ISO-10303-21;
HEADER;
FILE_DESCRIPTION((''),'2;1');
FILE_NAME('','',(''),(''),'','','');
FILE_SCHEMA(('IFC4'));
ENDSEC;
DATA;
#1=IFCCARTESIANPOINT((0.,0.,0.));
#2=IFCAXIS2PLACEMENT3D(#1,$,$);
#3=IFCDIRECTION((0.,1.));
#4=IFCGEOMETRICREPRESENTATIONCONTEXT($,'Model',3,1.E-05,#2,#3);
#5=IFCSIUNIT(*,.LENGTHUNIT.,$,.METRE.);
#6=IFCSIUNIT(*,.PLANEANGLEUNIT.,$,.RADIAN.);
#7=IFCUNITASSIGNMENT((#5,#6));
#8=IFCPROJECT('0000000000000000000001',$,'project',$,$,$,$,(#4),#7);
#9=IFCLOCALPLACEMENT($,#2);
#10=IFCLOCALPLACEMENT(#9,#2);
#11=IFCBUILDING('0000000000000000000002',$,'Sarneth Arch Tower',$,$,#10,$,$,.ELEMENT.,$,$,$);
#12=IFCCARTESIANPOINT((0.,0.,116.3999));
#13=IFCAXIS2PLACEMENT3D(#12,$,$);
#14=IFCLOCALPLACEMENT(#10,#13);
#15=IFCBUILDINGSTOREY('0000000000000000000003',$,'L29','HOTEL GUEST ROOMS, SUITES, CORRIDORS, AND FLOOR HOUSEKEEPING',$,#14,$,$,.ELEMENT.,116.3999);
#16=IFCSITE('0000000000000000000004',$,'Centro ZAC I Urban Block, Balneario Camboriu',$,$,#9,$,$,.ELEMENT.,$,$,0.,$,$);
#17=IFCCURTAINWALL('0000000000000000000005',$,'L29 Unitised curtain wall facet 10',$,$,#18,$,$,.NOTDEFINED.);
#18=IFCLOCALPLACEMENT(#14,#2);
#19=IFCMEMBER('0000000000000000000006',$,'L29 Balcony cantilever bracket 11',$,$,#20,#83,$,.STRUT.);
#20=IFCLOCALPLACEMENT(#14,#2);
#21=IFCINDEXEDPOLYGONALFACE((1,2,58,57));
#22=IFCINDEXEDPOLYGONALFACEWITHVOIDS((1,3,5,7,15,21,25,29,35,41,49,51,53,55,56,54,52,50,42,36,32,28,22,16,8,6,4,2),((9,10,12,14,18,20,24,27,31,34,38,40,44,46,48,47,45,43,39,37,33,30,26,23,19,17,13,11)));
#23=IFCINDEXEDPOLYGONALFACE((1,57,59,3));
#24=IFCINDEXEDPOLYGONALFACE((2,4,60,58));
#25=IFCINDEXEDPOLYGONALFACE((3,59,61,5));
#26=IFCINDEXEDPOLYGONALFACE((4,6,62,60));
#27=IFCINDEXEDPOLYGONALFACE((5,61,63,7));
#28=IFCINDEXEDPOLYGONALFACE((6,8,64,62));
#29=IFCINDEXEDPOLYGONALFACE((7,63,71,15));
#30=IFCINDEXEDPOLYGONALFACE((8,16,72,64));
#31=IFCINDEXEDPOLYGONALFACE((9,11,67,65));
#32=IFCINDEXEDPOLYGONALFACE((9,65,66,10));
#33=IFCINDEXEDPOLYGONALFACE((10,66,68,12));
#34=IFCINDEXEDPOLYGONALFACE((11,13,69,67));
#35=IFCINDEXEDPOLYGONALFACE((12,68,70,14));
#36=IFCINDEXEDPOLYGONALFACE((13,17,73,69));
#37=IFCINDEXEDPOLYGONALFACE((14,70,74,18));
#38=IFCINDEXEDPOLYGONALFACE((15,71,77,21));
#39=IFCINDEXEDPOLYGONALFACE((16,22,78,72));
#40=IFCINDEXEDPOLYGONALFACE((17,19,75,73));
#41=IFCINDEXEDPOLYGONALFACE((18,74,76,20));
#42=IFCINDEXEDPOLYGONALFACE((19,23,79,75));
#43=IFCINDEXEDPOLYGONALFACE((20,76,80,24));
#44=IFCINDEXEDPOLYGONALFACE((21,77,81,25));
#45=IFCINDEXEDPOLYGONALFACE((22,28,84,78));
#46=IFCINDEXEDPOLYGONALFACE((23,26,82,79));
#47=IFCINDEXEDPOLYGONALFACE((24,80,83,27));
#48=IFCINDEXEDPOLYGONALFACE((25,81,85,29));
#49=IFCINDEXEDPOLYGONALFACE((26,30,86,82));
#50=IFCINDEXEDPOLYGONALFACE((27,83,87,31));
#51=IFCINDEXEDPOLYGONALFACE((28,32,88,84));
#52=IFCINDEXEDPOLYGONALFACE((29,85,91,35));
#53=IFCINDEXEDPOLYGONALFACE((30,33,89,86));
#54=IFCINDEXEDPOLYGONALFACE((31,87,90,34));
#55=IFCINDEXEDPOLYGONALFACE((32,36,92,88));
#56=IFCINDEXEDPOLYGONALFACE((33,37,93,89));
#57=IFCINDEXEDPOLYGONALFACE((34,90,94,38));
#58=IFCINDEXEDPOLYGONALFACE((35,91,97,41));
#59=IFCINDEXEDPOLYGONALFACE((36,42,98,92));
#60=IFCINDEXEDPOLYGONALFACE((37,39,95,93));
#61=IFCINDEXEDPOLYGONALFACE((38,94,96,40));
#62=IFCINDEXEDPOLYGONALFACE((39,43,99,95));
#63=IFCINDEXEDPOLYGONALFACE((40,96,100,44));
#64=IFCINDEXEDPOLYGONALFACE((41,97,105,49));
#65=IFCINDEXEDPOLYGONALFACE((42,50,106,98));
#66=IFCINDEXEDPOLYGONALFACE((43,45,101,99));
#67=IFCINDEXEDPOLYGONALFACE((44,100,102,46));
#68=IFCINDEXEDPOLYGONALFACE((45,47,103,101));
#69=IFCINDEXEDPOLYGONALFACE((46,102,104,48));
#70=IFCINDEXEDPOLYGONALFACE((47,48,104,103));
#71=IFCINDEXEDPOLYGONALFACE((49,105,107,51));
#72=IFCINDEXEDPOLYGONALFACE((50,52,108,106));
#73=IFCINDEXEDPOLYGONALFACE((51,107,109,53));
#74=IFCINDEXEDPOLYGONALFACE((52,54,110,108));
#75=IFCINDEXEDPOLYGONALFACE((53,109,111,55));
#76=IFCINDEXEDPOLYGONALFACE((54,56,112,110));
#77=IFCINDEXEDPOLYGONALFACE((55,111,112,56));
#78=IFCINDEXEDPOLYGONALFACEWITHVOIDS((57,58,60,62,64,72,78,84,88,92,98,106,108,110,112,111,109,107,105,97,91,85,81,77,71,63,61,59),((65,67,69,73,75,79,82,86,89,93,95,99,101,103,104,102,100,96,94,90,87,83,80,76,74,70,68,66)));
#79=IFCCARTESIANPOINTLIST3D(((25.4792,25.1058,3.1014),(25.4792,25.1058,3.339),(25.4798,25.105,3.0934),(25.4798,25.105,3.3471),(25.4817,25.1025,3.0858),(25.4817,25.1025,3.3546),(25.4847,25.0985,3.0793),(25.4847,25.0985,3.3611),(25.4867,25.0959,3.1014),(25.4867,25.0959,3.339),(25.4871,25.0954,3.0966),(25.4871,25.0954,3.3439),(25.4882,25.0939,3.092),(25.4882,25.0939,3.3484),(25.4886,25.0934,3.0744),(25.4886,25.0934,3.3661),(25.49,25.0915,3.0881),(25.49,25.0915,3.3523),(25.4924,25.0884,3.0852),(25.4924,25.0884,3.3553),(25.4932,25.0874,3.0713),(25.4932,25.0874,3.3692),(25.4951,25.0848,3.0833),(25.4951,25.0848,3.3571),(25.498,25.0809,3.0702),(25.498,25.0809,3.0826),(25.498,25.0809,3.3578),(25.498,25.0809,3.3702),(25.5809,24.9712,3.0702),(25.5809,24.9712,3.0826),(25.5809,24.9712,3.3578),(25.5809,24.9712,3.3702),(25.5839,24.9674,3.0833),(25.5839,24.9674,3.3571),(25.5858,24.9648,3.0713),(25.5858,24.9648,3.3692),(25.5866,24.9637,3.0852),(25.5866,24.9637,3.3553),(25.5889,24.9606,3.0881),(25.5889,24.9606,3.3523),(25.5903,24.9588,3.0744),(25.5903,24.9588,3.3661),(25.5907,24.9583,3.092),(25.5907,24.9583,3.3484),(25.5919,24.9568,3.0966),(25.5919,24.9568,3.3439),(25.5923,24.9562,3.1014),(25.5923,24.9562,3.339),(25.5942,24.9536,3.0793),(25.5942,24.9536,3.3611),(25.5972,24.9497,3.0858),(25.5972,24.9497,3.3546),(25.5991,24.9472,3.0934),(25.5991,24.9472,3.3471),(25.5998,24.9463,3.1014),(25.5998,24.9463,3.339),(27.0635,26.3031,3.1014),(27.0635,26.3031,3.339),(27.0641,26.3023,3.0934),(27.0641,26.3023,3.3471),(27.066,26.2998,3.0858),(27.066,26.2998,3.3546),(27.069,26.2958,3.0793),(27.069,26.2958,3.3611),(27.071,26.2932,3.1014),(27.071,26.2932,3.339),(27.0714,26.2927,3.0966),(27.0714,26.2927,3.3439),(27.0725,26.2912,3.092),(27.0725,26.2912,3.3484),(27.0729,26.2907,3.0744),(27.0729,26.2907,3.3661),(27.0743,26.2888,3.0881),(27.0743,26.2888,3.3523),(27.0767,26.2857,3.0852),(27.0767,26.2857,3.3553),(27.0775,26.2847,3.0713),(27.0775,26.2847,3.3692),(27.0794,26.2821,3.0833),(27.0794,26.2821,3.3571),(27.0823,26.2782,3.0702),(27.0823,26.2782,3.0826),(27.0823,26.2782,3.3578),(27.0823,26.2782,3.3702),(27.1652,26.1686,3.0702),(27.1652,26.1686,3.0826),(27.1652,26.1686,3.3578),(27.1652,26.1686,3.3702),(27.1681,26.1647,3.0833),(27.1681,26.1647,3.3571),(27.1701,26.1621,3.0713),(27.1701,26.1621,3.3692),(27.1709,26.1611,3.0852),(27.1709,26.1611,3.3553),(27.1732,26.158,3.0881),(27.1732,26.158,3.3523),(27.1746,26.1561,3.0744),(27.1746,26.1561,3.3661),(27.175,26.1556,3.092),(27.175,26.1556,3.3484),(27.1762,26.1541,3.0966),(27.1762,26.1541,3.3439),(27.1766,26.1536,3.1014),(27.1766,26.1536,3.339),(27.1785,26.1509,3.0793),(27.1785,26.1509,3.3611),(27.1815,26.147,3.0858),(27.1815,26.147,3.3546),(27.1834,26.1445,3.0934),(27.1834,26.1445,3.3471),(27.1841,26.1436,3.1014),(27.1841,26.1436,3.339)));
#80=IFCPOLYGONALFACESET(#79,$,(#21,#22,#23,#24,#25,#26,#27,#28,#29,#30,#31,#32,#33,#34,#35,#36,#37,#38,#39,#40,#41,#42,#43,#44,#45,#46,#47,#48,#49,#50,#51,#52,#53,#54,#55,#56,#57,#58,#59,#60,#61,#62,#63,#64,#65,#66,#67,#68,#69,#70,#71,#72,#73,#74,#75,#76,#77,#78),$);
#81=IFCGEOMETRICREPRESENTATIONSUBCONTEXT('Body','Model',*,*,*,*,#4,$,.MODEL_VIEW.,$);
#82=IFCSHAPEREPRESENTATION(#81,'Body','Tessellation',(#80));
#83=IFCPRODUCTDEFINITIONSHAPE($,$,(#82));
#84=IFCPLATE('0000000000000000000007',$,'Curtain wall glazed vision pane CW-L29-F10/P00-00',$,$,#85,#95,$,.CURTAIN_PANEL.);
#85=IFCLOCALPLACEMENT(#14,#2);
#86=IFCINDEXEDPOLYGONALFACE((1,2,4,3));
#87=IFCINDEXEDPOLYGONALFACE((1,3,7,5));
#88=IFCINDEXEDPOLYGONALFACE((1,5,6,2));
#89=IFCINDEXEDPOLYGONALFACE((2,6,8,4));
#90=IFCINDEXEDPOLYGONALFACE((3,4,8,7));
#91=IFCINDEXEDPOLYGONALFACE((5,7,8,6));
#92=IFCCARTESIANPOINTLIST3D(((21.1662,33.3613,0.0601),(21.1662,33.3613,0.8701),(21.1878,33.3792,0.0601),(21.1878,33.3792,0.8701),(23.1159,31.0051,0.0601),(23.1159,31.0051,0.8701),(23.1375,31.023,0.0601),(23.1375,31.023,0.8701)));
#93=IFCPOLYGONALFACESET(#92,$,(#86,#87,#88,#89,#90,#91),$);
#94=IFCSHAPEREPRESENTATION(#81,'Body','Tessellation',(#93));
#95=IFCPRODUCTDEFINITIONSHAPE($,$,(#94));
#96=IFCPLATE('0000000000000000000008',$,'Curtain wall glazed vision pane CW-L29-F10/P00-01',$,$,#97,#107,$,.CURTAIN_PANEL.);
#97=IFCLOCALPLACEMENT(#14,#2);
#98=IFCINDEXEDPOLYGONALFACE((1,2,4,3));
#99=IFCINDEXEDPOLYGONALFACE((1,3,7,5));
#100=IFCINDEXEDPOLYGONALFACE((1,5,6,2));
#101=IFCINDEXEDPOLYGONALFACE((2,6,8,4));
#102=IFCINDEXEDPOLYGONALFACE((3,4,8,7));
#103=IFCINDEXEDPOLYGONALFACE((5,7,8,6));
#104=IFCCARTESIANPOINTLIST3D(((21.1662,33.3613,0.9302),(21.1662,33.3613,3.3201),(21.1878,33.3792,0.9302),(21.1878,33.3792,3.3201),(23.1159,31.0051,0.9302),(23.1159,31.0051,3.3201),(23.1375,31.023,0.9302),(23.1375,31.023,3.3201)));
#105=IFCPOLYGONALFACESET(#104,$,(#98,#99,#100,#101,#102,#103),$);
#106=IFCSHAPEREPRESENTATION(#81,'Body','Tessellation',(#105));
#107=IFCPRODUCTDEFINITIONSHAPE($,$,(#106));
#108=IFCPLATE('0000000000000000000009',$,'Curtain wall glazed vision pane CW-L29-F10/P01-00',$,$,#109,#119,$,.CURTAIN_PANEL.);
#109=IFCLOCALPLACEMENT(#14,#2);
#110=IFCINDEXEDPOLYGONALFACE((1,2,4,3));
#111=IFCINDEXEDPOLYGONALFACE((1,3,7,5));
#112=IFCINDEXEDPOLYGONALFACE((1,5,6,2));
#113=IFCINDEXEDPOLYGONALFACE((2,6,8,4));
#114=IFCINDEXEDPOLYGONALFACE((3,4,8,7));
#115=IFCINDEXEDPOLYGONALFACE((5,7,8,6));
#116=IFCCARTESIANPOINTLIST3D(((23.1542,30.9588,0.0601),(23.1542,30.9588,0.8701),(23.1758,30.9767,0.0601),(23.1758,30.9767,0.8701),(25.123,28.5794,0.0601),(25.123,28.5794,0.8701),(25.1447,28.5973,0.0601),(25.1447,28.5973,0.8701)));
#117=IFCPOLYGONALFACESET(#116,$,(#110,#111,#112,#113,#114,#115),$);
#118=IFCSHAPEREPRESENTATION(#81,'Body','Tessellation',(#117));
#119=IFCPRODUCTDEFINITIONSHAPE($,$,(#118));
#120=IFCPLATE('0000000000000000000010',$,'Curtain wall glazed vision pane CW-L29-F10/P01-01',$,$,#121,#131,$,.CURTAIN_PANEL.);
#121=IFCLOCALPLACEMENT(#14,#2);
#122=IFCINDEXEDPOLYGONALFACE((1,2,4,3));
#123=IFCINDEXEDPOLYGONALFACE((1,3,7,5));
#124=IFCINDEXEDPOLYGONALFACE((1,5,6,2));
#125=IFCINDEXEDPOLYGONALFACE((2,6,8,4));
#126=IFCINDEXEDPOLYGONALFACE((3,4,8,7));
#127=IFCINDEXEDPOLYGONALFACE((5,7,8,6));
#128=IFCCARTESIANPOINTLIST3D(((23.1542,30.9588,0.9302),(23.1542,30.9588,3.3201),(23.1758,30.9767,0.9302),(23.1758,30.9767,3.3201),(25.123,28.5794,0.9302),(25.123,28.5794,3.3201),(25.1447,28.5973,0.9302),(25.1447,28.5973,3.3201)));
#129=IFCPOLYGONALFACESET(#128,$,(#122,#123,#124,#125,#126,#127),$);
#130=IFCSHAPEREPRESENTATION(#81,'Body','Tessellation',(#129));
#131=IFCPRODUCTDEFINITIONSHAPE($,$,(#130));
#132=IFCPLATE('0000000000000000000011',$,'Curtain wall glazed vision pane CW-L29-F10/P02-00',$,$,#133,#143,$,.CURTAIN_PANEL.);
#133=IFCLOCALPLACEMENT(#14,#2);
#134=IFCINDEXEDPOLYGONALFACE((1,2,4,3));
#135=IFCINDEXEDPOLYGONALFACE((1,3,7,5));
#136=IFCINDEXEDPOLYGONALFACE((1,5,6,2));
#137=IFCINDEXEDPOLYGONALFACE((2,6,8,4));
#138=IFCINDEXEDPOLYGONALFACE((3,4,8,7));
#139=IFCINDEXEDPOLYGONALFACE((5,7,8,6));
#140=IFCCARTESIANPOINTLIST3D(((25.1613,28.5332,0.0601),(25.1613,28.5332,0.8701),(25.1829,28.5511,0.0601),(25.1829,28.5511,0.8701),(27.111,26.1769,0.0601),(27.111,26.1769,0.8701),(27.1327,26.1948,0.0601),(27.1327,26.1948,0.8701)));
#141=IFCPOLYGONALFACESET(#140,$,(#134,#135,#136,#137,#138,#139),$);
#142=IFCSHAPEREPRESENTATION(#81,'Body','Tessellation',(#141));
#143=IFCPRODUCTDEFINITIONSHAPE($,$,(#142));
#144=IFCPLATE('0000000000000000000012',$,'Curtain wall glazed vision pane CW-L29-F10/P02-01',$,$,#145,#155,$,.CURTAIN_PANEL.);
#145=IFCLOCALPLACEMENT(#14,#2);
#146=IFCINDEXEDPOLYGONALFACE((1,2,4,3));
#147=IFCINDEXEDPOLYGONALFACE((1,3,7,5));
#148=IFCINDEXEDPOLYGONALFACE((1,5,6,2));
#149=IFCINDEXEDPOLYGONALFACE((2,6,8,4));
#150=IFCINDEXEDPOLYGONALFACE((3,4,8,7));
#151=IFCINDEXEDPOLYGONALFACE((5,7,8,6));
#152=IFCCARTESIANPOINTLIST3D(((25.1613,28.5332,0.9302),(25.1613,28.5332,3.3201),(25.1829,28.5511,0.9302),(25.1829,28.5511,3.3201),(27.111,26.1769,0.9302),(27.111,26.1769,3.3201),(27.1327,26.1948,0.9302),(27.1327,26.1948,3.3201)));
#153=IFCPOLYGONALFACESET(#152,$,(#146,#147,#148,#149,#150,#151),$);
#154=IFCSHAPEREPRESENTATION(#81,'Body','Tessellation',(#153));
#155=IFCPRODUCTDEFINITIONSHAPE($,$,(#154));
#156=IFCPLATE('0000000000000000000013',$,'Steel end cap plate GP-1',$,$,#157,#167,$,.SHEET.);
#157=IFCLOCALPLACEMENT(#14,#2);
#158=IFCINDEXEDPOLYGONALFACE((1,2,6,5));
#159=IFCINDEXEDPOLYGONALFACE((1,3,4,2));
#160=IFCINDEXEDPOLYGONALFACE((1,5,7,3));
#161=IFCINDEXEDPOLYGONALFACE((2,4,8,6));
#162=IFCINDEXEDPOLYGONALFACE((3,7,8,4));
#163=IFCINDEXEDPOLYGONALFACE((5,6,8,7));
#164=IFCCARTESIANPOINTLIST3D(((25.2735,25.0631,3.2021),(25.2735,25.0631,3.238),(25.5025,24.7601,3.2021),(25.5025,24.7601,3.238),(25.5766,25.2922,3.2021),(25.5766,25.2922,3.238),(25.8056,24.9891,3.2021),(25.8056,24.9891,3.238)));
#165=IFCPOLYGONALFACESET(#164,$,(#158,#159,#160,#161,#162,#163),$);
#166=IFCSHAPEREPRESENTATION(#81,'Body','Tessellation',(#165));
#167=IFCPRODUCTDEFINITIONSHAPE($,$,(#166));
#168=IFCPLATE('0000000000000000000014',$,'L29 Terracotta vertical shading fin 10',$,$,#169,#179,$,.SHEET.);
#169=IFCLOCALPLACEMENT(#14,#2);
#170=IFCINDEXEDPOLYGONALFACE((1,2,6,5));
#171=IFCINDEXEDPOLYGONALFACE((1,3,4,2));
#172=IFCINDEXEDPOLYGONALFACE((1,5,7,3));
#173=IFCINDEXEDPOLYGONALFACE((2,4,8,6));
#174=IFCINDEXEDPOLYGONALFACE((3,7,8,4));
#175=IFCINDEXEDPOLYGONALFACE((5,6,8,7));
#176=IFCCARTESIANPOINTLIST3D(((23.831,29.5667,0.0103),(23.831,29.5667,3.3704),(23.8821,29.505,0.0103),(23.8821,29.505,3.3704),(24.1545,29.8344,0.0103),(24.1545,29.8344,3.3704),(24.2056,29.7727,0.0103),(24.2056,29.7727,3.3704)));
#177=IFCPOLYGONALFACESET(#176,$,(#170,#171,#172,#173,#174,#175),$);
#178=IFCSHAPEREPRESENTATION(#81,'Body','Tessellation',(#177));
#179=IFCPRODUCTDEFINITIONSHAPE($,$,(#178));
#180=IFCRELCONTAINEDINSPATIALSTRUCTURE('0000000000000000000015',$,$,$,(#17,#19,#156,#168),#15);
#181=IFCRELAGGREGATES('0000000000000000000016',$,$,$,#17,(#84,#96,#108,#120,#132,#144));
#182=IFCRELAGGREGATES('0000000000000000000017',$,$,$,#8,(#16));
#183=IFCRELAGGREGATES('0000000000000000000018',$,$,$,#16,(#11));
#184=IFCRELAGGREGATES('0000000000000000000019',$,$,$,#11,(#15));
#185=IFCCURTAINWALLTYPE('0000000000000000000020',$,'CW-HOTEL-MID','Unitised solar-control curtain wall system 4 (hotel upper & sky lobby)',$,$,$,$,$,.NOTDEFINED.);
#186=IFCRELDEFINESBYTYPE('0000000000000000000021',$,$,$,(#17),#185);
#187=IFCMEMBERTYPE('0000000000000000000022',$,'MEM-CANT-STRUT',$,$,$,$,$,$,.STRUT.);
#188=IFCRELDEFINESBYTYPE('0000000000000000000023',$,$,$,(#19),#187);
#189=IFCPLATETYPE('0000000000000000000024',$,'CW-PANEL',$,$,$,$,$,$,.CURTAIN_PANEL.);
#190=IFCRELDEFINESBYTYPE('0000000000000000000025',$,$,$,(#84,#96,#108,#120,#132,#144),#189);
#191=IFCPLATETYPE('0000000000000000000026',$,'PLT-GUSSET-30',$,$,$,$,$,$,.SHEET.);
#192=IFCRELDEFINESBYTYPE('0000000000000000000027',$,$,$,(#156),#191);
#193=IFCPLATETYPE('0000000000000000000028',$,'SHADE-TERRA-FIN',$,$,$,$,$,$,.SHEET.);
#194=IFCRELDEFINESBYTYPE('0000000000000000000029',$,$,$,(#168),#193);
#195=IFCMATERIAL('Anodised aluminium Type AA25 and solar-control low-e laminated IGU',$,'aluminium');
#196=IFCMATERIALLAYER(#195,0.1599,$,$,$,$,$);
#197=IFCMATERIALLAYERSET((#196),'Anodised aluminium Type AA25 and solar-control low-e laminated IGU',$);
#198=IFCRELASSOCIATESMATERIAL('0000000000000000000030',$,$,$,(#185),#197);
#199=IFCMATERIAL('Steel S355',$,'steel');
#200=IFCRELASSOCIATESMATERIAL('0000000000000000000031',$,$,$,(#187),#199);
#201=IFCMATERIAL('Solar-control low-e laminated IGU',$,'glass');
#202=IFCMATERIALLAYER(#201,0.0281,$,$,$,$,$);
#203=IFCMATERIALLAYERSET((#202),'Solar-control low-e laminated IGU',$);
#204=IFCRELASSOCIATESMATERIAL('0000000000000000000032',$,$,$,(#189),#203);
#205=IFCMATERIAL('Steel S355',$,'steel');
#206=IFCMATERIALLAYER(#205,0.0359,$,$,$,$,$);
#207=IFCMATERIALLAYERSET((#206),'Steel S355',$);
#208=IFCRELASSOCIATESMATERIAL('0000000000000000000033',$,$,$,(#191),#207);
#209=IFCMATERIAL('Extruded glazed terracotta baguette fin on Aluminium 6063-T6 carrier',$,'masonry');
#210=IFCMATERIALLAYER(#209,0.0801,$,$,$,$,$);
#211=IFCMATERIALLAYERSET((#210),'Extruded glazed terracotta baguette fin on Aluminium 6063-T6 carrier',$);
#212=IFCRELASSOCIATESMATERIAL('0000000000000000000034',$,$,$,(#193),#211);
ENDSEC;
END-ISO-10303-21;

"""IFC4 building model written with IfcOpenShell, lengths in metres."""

from ifc_helpers import new_model, si_unit, direction, frame, origin, origin_2d, place, context, subcontext, project, spatial, rectangle, hollow_rectangle, extrude, material, layer, layer_set, material_profile, profile_set, type_object, element, aggregate, save


model = new_model("IFC4")

# Units and contexts
model_context = context("Model", 3, precision=1e-05, world=origin(), true_north=direction((0.0, 1.0)))
body_context = subcontext(model_context, "Body", "Model", "MODEL_VIEW")
ifc_project = project(units=[si_unit("LENGTHUNIT", "METRE"), si_unit("PLANEANGLEUNIT", "RADIAN")], contexts=[model_context])

# Site, building, storey
site_placement = place(None, origin())
site = spatial("IfcSite", under=ifc_project, at=site_placement, Name="Centro ZAC I Urban Block, Balneario Camboriu", CompositionType="ELEMENT", RefElevation=0.0)
building_placement = place(site_placement, origin())
building = spatial("IfcBuilding", under=site, at=building_placement, Name="Sarneth Arch Tower", CompositionType="ELEMENT")
storey_placement = place(building_placement, frame((0.0, 0.0, 116.3999)))
storey = spatial("IfcBuildingStorey", under=building, at=storey_placement, Name="L29", Description="HOTEL GUEST ROOMS, SUITES, CORRIDORS, AND FLOOR HOUSEKEEPING", CompositionType="ELEMENT", Elevation=116.3999)

# Curtain wall
ifc_material_1 = material(Name="Anodised aluminium Type AA25 and solar-control low-e laminated IGU", Category="aluminium")
ifc_layer_1 = layer(ifc_material_1, 0.1599)
ifc_layer_set_1 = layer_set([ifc_layer_1], Name="Anodised aluminium Type AA25 and solar-control low-e laminated IGU")
curtain_wall_type = type_object("IfcCurtainWallType", Name="CW-HOTEL-MID", Description="Unitised solar-control curtain wall system 4 (hotel upper & sky lobby)", PredefinedType="NOTDEFINED", material=ifc_layer_set_1)
curtain_wall_placement = place(storey_placement, origin())
curtain_wall = element("IfcCurtainWall", 1, at=curtain_wall_placement, inside=storey, type_object=curtain_wall_type, Name="L29 Unitised curtain wall facet 10", PredefinedType="NOTDEFINED")

# Member
ifc_material_2 = material(Name="Steel S355", Category="steel")
ifc_material_profile_1 = material_profile(ifc_material_2, hollow_rectangle(XDim=0.2, YDim=0.3, WallThickness=0.0125, InnerFilletRadius=0.0188, OuterFilletRadius=0.0312, at=origin_2d()), Name="RHS300x200x12.5")
ifc_profile_set_1 = profile_set([ifc_material_profile_1], Name="Steel S355")
member_type_1 = type_object("IfcMemberType", Name="MEM-CANT-STRUT", PredefinedType="STRUT", material=ifc_profile_set_1)
member_1_placement = place(storey_placement, frame((27.1238, 26.2234, 3.2202), z_axis=(-0.797796, -0.602927, 0.0), x_axis=(0.602927, -0.797796, 0.0)))
element("IfcMember", 2, at=member_1_placement, inside=storey, type_object=member_type_1, Name="L29 Balcony cantilever bracket 11", PredefinedType="STRUT", context=body_context, shape_type="SweptSolid", body=[
    extrude(hollow_rectangle(XDim=0.2, YDim=0.3, WallThickness=0.0125, InnerFilletRadius=0.0188, OuterFilletRadius=0.0312, at=origin_2d()), origin(), (0.0, 0.0, 1.0), 1.9858),
])

# Plates
ifc_material_3 = material(Name="Solar-control low-e laminated IGU", Category="glass")
ifc_layer_2 = layer(ifc_material_3, 0.0281)
ifc_layer_set_2 = layer_set([ifc_layer_2], Name="Solar-control low-e laminated IGU")
plate_type_1 = type_object("IfcPlateType", Name="CW-PANEL", PredefinedType="CURTAIN_PANEL", material=ifc_layer_set_2)
plate_1_placement = place(storey_placement, frame((22.1519, 32.1921, 0.0601), z_axis=(0.0, 0.0, 1.0), x_axis=(0.637515, -0.770438, 0.0)))
plate_1 = element("IfcPlate", 3, at=plate_1_placement, type_object=plate_type_1, Name="Curtain wall glazed vision pane CW-L29-F10/P00-00", PredefinedType="CURTAIN_PANEL", context=body_context, shape_type="SweptSolid", body=[
    extrude(rectangle(XDim=3.0583, YDim=0.0281, at=origin_2d()), origin(), (0.0, 0.0, 1.0), 0.8101),
])
plate_2_placement = place(storey_placement, frame((22.1519, 32.1921, 0.9302), z_axis=(0.0, 0.0, 1.0), x_axis=(0.637515, -0.770438, 0.0)))
plate_2 = element("IfcPlate", 4, at=plate_2_placement, type_object=plate_type_1, Name="Curtain wall glazed vision pane CW-L29-F10/P00-01", PredefinedType="CURTAIN_PANEL", context=body_context, shape_type="SweptSolid", body=[
    extrude(rectangle(XDim=3.0583, YDim=0.0281, at=origin_2d()), origin(), (0.0, 0.0, 1.0), 2.3899),
])
plate_3_placement = place(storey_placement, frame((24.1494, 29.7781, 0.0601), z_axis=(0.0, 0.0, 1.0), x_axis=(0.637515, -0.770438, 0.0)))
plate_3 = element("IfcPlate", 5, at=plate_3_placement, type_object=plate_type_1, Name="Curtain wall glazed vision pane CW-L29-F10/P01-00", PredefinedType="CURTAIN_PANEL", context=body_context, shape_type="SweptSolid", body=[
    extrude(rectangle(XDim=3.0884, YDim=0.0281, at=origin_2d()), origin(), (0.0, 0.0, 1.0), 0.8101),
])
plate_4_placement = place(storey_placement, frame((24.1494, 29.7781, 0.9302), z_axis=(0.0, 0.0, 1.0), x_axis=(0.637515, -0.770438, 0.0)))
plate_4 = element("IfcPlate", 6, at=plate_4_placement, type_object=plate_type_1, Name="Curtain wall glazed vision pane CW-L29-F10/P01-01", PredefinedType="CURTAIN_PANEL", context=body_context, shape_type="SweptSolid", body=[
    extrude(rectangle(XDim=3.0884, YDim=0.0281, at=origin_2d()), origin(), (0.0, 0.0, 1.0), 2.3899),
])
plate_5_placement = place(storey_placement, frame((26.147, 27.364, 0.0601), z_axis=(0.0, 0.0, 1.0), x_axis=(0.637515, -0.770438, 0.0)))
plate_5 = element("IfcPlate", 7, at=plate_5_placement, type_object=plate_type_1, Name="Curtain wall glazed vision pane CW-L29-F10/P02-00", PredefinedType="CURTAIN_PANEL", context=body_context, shape_type="SweptSolid", body=[
    extrude(rectangle(XDim=3.0583, YDim=0.0281, at=origin_2d()), origin(), (0.0, 0.0, 1.0), 0.8101),
])
plate_6_placement = place(storey_placement, frame((26.147, 27.364, 0.9302), z_axis=(0.0, 0.0, 1.0), x_axis=(0.637515, -0.770438, 0.0)))
plate_6 = element("IfcPlate", 8, at=plate_6_placement, type_object=plate_type_1, Name="Curtain wall glazed vision pane CW-L29-F10/P02-01", PredefinedType="CURTAIN_PANEL", context=body_context, shape_type="SweptSolid", body=[
    extrude(rectangle(XDim=3.0583, YDim=0.0281, at=origin_2d()), origin(), (0.0, 0.0, 1.0), 2.3899),
])
aggregate(curtain_wall, [plate_1, plate_2, plate_3, plate_4, plate_5, plate_6])

# Plates
ifc_material_4 = material(Name="Steel S355", Category="steel")
ifc_layer_3 = layer(ifc_material_4, 0.0359)
ifc_layer_set_3 = layer_set([ifc_layer_3], Name="Steel S355")
plate_type_2 = type_object("IfcPlateType", Name="PLT-GUSSET-30", PredefinedType="SHEET", material=ifc_layer_set_3)
plate_7_placement = place(storey_placement, frame((25.5396, 25.0261, 3.2021), z_axis=(0.0, 0.0, 1.0), x_axis=(-0.797794, -0.60293, 0.0)))
element("IfcPlate", 9, at=plate_7_placement, inside=storey, type_object=plate_type_2, Name="Steel end cap plate GP-1", PredefinedType="SHEET", context=body_context, shape_type="SweptSolid", body=[
    extrude(rectangle(XDim=0.3799, YDim=0.3799, at=origin_2d()), origin(), (0.0, 0.0, 1.0), 0.0359),
])
ifc_material_5 = material(Name="Extruded glazed terracotta baguette fin on Aluminium 6063-T6 carrier", Category="masonry")
ifc_layer_4 = layer(ifc_material_5, 0.0801)
ifc_layer_set_4 = layer_set([ifc_layer_4], Name="Extruded glazed terracotta baguette fin on Aluminium 6063-T6 carrier")
plate_type_3 = type_object("IfcPlateType", Name="SHADE-TERRA-FIN", PredefinedType="SHEET", material=ifc_layer_set_4)
plate_8_placement = place(storey_placement, frame((24.0183, 29.6697, 0.0103), z_axis=(0.0, 0.0, 1.0), x_axis=(-0.770402, -0.637558, 0.0)))
element("IfcPlate", 10, at=plate_8_placement, inside=storey, type_object=plate_type_3, Name="L29 Terracotta vertical shading fin 10", PredefinedType="SHEET", context=body_context, shape_type="SweptSolid", body=[
    extrude(rectangle(XDim=0.4199, YDim=0.0801, at=origin_2d()), origin(), (0.0, 0.0, 1.0), 3.3601),
])

save(model, "model.ifc")
